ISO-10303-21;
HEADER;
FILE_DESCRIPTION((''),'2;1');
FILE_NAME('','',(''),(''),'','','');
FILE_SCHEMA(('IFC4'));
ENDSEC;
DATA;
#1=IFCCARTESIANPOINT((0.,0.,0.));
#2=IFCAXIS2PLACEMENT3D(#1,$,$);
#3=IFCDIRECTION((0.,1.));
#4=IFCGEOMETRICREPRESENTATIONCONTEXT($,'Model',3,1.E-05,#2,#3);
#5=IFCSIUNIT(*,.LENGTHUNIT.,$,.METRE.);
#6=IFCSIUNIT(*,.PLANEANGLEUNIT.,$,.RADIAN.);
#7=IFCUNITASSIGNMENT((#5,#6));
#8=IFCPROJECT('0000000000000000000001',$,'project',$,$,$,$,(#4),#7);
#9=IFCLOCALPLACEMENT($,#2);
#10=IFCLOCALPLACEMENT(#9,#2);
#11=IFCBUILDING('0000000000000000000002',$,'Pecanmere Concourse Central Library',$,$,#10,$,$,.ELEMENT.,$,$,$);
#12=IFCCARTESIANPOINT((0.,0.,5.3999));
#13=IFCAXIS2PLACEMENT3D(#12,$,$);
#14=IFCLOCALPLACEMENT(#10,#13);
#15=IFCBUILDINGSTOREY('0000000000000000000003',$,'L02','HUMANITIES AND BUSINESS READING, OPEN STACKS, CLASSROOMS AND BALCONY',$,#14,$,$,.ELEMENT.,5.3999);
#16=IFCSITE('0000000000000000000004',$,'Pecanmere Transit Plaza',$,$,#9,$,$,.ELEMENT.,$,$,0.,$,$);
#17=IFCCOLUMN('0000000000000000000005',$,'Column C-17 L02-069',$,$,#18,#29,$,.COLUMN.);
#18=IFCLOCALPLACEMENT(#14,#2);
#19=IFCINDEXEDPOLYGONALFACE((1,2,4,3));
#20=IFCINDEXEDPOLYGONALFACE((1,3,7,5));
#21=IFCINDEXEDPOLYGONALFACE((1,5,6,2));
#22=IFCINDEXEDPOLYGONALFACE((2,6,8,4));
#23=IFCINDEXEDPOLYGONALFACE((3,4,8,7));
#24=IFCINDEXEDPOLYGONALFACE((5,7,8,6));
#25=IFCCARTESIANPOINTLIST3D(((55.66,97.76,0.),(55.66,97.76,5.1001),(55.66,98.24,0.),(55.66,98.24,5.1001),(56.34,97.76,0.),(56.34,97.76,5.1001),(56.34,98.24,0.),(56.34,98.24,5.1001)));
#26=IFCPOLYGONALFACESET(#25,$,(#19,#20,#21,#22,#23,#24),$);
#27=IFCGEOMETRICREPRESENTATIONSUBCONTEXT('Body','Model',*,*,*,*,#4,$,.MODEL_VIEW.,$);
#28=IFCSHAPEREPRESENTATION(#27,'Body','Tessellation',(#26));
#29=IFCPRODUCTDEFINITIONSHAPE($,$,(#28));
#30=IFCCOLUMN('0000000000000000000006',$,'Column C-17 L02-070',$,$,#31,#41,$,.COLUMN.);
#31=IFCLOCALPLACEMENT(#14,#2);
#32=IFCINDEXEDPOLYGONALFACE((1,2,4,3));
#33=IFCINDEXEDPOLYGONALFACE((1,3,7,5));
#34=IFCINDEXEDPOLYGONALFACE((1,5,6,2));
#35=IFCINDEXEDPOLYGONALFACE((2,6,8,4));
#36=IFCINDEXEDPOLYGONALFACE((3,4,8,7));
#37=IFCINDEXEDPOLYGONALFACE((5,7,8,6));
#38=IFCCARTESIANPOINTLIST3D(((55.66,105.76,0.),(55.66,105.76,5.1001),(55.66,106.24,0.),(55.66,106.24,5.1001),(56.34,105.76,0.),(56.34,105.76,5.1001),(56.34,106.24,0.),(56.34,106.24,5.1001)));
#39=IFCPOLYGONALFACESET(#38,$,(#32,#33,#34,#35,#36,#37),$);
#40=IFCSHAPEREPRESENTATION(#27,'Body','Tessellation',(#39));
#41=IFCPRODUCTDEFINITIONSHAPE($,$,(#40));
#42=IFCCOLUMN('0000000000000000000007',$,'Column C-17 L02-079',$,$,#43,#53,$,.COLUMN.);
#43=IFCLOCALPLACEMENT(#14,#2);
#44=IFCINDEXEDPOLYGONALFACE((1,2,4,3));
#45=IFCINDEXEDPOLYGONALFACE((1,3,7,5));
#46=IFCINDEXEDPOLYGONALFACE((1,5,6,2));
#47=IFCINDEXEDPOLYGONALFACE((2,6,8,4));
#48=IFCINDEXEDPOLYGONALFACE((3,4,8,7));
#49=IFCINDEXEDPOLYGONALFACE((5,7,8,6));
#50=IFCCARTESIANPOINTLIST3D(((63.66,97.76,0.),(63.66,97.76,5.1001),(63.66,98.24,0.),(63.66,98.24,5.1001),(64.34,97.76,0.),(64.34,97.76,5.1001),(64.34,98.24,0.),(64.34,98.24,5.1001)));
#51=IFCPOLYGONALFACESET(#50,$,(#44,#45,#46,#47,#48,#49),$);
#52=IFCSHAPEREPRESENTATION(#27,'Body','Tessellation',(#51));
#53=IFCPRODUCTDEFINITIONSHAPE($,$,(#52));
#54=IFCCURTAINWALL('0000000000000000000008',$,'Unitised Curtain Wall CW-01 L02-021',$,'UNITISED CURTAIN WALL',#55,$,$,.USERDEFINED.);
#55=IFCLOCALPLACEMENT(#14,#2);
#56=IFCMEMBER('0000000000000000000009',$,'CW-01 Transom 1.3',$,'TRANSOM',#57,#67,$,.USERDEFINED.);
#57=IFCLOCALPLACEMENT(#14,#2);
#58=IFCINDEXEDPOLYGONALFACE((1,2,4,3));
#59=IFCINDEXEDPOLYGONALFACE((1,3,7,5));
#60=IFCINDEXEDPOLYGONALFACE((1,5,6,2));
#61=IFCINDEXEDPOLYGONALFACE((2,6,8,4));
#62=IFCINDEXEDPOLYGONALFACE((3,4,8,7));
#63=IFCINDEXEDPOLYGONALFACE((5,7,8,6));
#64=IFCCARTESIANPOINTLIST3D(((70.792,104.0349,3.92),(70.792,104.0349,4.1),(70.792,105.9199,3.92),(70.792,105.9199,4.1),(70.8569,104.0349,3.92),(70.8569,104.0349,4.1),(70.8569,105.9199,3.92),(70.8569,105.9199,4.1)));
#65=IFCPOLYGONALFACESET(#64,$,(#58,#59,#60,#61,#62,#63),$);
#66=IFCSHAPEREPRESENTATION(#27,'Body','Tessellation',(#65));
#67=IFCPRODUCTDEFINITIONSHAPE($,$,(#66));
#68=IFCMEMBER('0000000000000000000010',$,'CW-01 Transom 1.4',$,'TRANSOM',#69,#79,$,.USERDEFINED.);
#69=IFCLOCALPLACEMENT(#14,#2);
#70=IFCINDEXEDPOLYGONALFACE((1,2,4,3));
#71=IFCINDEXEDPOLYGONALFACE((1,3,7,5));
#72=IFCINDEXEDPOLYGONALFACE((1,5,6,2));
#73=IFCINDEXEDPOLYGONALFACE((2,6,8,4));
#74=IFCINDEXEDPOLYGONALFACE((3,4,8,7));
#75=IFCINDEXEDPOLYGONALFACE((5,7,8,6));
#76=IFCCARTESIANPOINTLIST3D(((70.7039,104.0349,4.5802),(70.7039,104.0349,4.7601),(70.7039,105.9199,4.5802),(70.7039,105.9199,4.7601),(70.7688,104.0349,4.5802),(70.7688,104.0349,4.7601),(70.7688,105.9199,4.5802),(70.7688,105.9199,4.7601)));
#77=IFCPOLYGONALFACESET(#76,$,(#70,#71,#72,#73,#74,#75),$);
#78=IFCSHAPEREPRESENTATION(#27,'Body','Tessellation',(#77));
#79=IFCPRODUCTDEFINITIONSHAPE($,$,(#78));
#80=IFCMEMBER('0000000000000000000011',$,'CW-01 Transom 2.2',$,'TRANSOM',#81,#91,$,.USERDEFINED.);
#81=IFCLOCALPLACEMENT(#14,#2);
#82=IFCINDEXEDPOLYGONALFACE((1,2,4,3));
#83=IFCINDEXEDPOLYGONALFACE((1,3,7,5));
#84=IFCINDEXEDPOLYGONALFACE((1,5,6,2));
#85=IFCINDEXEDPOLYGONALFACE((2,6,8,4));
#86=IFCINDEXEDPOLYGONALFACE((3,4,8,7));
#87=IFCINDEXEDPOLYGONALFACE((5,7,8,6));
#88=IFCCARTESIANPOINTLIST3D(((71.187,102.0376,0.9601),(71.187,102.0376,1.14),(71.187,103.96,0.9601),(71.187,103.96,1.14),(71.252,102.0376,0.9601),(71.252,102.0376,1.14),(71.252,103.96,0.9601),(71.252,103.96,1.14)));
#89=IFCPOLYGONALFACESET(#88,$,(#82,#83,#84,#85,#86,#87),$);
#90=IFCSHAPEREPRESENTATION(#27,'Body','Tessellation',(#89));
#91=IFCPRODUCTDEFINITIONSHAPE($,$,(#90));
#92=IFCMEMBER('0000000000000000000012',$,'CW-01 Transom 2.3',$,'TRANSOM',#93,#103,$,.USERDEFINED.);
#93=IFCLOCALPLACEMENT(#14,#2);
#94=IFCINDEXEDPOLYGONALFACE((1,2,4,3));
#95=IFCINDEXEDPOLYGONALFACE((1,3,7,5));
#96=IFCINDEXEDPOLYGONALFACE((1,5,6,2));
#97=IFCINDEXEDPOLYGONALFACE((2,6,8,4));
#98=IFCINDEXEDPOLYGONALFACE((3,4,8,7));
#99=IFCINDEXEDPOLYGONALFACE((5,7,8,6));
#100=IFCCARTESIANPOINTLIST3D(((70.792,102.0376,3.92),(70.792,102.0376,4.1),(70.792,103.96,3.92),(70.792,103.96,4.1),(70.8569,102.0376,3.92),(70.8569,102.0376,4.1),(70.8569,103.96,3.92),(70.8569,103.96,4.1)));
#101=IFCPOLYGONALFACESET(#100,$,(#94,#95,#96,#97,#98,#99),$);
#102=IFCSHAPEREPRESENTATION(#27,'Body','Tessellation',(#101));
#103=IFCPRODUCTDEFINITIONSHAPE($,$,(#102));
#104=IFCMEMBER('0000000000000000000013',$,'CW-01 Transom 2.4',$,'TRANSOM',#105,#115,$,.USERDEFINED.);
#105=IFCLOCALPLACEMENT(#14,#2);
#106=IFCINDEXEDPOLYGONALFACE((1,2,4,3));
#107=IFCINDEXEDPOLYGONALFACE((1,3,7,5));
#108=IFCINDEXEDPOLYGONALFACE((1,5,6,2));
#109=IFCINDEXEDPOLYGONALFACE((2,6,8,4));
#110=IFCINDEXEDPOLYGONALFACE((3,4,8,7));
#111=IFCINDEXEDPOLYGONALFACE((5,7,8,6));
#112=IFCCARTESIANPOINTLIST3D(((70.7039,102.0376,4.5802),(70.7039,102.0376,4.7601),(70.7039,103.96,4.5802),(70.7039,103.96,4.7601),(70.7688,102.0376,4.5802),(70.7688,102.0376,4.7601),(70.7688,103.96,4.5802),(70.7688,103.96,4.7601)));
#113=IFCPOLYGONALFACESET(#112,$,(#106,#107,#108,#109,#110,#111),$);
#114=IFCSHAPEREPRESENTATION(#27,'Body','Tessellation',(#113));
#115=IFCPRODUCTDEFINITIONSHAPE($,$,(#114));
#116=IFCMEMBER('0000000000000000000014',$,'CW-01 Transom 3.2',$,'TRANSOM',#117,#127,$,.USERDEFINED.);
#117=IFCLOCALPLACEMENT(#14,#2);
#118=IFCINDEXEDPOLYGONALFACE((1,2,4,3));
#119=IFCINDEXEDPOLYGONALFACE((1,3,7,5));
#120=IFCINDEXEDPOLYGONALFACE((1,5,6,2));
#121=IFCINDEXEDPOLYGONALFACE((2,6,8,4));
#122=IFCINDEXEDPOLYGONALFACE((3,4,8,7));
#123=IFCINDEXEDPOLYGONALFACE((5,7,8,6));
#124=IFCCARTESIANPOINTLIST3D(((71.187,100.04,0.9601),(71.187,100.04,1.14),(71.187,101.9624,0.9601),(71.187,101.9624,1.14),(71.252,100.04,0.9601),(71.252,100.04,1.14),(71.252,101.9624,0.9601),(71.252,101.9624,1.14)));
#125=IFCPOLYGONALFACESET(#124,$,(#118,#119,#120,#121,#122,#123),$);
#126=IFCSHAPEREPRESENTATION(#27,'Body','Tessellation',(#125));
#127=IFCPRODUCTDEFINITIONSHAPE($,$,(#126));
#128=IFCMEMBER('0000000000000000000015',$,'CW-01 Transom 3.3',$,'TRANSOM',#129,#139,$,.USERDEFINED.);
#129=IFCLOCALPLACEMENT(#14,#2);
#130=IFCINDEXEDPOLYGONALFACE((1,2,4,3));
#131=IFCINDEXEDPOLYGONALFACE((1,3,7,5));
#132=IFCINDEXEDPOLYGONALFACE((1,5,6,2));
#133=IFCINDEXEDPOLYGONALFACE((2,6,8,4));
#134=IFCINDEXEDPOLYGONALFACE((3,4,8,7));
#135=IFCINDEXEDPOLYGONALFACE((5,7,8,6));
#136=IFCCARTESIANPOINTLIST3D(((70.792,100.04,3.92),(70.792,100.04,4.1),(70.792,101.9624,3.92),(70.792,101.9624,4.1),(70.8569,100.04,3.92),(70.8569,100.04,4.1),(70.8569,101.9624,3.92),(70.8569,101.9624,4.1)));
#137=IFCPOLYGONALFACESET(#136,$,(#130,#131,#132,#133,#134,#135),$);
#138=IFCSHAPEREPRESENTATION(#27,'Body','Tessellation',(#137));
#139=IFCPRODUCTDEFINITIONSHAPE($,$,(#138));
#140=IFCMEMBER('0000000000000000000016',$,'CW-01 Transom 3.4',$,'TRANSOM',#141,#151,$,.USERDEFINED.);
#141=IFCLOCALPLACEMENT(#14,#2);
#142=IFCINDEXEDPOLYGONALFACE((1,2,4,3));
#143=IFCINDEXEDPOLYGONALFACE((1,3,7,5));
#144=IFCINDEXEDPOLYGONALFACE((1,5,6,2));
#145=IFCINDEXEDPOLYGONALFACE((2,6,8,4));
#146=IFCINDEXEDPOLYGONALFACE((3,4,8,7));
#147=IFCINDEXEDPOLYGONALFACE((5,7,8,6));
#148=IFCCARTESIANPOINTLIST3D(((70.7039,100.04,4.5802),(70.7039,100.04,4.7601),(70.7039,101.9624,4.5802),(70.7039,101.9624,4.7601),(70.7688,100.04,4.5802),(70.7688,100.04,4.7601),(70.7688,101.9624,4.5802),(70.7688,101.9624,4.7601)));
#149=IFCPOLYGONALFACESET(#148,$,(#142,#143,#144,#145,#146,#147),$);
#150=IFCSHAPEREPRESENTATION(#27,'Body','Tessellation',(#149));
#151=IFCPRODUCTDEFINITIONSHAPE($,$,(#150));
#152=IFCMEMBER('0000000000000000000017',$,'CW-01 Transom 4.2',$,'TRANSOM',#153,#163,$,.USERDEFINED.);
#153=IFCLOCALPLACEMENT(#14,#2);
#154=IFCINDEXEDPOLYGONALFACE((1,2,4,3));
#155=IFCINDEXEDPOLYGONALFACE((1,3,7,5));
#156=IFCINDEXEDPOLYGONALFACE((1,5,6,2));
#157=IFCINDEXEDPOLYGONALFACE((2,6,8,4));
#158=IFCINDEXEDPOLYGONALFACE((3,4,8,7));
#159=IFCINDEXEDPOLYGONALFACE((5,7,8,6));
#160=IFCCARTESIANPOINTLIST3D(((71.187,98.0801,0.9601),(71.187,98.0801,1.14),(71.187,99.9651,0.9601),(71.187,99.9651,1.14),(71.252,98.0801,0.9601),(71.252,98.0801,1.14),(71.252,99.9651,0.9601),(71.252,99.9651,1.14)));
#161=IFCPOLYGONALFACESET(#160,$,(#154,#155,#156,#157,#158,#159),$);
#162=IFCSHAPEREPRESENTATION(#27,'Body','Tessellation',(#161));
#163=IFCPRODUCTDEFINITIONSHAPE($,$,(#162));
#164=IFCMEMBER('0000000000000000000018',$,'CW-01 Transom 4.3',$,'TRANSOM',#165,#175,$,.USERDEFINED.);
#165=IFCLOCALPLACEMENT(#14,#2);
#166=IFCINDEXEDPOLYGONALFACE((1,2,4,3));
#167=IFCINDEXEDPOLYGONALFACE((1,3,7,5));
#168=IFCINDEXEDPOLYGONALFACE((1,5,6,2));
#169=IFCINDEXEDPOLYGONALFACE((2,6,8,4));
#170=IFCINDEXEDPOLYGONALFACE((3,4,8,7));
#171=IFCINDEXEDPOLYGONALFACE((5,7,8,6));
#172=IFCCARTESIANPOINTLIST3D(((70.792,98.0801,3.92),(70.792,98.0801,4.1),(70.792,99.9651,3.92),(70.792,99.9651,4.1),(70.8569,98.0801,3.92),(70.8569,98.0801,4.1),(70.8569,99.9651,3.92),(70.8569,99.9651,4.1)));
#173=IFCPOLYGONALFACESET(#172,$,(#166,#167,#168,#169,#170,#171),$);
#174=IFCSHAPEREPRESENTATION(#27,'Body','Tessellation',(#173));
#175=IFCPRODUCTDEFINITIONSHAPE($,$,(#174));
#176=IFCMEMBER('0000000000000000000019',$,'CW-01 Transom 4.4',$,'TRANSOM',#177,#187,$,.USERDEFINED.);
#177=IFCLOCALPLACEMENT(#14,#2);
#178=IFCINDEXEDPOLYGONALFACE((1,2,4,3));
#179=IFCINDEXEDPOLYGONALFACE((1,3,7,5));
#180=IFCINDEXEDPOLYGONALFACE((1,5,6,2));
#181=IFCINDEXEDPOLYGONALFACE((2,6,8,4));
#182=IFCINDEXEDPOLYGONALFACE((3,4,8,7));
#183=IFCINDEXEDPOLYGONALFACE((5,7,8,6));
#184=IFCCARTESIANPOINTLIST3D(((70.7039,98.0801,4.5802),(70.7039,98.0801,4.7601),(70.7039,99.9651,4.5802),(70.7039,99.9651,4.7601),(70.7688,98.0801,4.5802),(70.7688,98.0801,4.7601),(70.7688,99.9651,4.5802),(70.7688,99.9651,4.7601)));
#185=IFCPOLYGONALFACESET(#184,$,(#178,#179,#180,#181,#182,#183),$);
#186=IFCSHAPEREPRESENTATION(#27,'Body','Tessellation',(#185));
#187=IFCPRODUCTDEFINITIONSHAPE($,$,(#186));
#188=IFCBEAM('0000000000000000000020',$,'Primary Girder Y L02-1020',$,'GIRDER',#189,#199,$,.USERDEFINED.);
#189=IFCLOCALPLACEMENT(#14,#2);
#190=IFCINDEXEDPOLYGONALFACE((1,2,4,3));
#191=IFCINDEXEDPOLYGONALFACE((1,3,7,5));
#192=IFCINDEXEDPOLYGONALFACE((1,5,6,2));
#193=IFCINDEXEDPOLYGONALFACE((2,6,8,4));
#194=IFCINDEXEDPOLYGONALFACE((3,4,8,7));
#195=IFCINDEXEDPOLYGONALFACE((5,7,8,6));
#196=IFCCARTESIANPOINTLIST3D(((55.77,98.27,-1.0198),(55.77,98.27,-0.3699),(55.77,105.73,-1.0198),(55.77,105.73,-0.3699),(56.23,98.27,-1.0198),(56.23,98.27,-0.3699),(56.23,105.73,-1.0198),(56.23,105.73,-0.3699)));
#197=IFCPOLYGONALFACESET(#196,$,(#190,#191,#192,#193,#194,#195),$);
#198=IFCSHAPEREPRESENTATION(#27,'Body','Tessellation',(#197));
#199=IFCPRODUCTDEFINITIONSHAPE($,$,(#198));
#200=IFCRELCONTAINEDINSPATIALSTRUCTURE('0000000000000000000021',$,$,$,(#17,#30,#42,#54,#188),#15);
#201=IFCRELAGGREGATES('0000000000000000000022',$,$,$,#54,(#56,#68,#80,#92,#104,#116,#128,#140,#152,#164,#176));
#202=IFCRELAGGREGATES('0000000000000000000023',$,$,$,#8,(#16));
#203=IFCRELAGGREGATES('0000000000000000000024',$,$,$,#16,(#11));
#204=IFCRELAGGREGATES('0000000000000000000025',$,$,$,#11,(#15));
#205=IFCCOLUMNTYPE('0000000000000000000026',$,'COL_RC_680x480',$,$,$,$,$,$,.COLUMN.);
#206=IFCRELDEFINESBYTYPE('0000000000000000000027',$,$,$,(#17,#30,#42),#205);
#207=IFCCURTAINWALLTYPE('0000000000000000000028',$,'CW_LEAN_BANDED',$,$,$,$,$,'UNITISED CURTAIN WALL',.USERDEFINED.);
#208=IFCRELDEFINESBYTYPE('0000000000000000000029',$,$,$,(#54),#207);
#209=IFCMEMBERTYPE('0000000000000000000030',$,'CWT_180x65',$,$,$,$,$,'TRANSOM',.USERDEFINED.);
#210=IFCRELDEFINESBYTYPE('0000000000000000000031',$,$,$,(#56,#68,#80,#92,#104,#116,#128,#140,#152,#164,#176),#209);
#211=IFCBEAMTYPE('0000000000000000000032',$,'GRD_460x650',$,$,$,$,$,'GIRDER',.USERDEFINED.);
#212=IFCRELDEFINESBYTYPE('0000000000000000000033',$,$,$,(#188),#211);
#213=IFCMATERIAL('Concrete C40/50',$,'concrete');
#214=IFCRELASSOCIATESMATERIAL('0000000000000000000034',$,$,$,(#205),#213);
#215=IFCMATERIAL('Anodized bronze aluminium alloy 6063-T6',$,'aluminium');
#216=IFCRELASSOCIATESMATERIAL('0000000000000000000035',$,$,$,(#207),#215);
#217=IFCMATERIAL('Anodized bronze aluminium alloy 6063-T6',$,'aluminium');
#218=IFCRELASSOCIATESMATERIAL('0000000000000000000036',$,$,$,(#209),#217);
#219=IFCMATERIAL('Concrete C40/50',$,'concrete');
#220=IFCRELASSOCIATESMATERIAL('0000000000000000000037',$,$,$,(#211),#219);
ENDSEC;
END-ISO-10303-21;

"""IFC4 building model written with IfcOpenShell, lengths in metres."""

from ifc_helpers import new_model, si_unit, direction, frame, origin, origin_2d, place, context, subcontext, project, spatial, rectangle, extrude, material, material_profile, profile_set, type_object, element, aggregate, save


model = new_model("IFC4")

# Units and contexts
model_context = context("Model", 3, precision=1e-05, world=origin(), true_north=direction((0.0, 1.0)))
body_context = subcontext(model_context, "Body", "Model", "MODEL_VIEW")
ifc_project = project(units=[si_unit("LENGTHUNIT", "METRE"), si_unit("PLANEANGLEUNIT", "RADIAN")], contexts=[model_context])

# Site, building, storey
site_placement = place(None, origin())
site = spatial("IfcSite", under=ifc_project, at=site_placement, Name="Pecanmere Transit Plaza", CompositionType="ELEMENT", RefElevation=0.0)
building_placement = place(site_placement, origin())
building = spatial("IfcBuilding", under=site, at=building_placement, Name="Pecanmere Concourse Central Library", CompositionType="ELEMENT")
storey_placement = place(building_placement, frame((0.0, 0.0, 5.3999)))
storey = spatial("IfcBuildingStorey", under=building, at=storey_placement, Name="L02", Description="HUMANITIES AND BUSINESS READING, OPEN STACKS, CLASSROOMS AND BALCONY", CompositionType="ELEMENT", Elevation=5.3999)

# Columns
ifc_material_1 = material(Name="Concrete C40/50", Category="concrete")
ifc_material_profile_1 = material_profile(ifc_material_1, rectangle(XDim=0.6799, YDim=0.48, at=origin_2d()), Name="RC 680x480")
ifc_profile_set_1 = profile_set([ifc_material_profile_1], Name="Concrete C40/50")
column_type = type_object("IfcColumnType", Name="COL_RC_680x480", PredefinedType="COLUMN", material=ifc_profile_set_1)
for number, where, z_axis, x_axis, name in (
    (1, (56.0, 98.0, 0.0), (0.0, 0.0, 1.0), (1.0, 0.0, 0.0), "Column C-17 L02-069"),
    (2, (56.0, 106.0, 0.0), (0.0, 0.0, 1.0), (1.0, 0.0, 0.0), "Column C-17 L02-070"),
    (3, (64.0, 98.0, 0.0), (0.0, 0.0, 1.0), (1.0, 0.0, 0.0), "Column C-17 L02-079"),
):
    element("IfcColumn", number, at=place(storey_placement, frame(where, z_axis=z_axis, x_axis=x_axis)), inside=storey, type_object=column_type, Name=name, PredefinedType="COLUMN", context=body_context, shape_type="SweptSolid", body=[
        extrude(rectangle(XDim=0.6799, YDim=0.48, at=origin_2d()), origin(), (0.0, 0.0, 1.0), 5.1001),
    ])

# Curtain wall, members
ifc_material_2 = material(Name="Anodized bronze aluminium alloy 6063-T6", Category="aluminium")
curtain_wall_type = type_object("IfcCurtainWallType", Name="CW_LEAN_BANDED", ElementType="UNITISED CURTAIN WALL", PredefinedType="USERDEFINED", material=ifc_material_2)
curtain_wall_placement = place(storey_placement, origin())
curtain_wall = element("IfcCurtainWall", 4, at=curtain_wall_placement, inside=storey, type_object=curtain_wall_type, Name="Unitised Curtain Wall CW-01 L02-021", ObjectType="UNITISED CURTAIN WALL", PredefinedType="USERDEFINED")
ifc_material_3 = material(Name="Anodized bronze aluminium alloy 6063-T6", Category="aluminium")
ifc_material_profile_2 = material_profile(ifc_material_3, rectangle(XDim=0.0649, YDim=0.1799, at=origin_2d()), Name="AL 65x180")
ifc_profile_set_2 = profile_set([ifc_material_profile_2], Name="Anodized bronze aluminium alloy 6063-T6")
member_type = type_object("IfcMemberType", Name="CWT_180x65", ElementType="TRANSOM", PredefinedType="USERDEFINED", material=ifc_profile_set_2)
member_1_placement = place(storey_placement, frame((70.8245, 105.9199, 4.01), z_axis=(0.0, -1.0, 0.0), x_axis=(1.0, 0.0, 0.0)))
member_1 = element("IfcMember", 5, at=member_1_placement, type_object=member_type, Name="CW-01 Transom 1.3", ObjectType="TRANSOM", PredefinedType="USERDEFINED", context=body_context, shape_type="SweptSolid", body=[
    extrude(rectangle(XDim=0.0649, YDim=0.1799, at=origin_2d()), origin(), (0.0, 0.0, 1.0), 1.885),
])
member_2_placement = place(storey_placement, frame((70.7363, 105.9199, 4.6702), z_axis=(0.0, -1.0, 0.0), x_axis=(1.0, 0.0, 0.0)))
member_2 = element("IfcMember", 6, at=member_2_placement, type_object=member_type, Name="CW-01 Transom 1.4", ObjectType="TRANSOM", PredefinedType="USERDEFINED", context=body_context, shape_type="SweptSolid", body=[
    extrude(rectangle(XDim=0.0649, YDim=0.1799, at=origin_2d()), origin(), (0.0, 0.0, 1.0), 1.885),
])
member_3_placement = place(storey_placement, frame((71.2195, 103.96, 1.05), z_axis=(0.0, -1.0, 0.0), x_axis=(1.0, 0.0, 0.0)))
member_3 = element("IfcMember", 7, at=member_3_placement, type_object=member_type, Name="CW-01 Transom 2.2", ObjectType="TRANSOM", PredefinedType="USERDEFINED", context=body_context, shape_type="SweptSolid", body=[
    extrude(rectangle(XDim=0.0649, YDim=0.1799, at=origin_2d()), origin(), (0.0, 0.0, 1.0), 1.9224),
])
member_4_placement = place(storey_placement, frame((70.8245, 103.96, 4.01), z_axis=(0.0, -1.0, 0.0), x_axis=(1.0, 0.0, 0.0)))
member_4 = element("IfcMember", 8, at=member_4_placement, type_object=member_type, Name="CW-01 Transom 2.3", ObjectType="TRANSOM", PredefinedType="USERDEFINED", context=body_context, shape_type="SweptSolid", body=[
    extrude(rectangle(XDim=0.0649, YDim=0.1799, at=origin_2d()), origin(), (0.0, 0.0, 1.0), 1.9224),
])
member_5_placement = place(storey_placement, frame((70.7363, 103.96, 4.6702), z_axis=(0.0, -1.0, 0.0), x_axis=(1.0, 0.0, 0.0)))
member_5 = element("IfcMember", 9, at=member_5_placement, type_object=member_type, Name="CW-01 Transom 2.4", ObjectType="TRANSOM", PredefinedType="USERDEFINED", context=body_context, shape_type="SweptSolid", body=[
    extrude(rectangle(XDim=0.0649, YDim=0.1799, at=origin_2d()), origin(), (0.0, 0.0, 1.0), 1.9224),
])
member_6_placement = place(storey_placement, frame((71.2195, 101.9624, 1.05), z_axis=(0.0, -1.0, 0.0), x_axis=(1.0, 0.0, 0.0)))
member_6 = element("IfcMember", 10, at=member_6_placement, type_object=member_type, Name="CW-01 Transom 3.2", ObjectType="TRANSOM", PredefinedType="USERDEFINED", context=body_context, shape_type="SweptSolid", body=[
    extrude(rectangle(XDim=0.0649, YDim=0.1799, at=origin_2d()), origin(), (0.0, 0.0, 1.0), 1.9224),
])
member_7_placement = place(storey_placement, frame((70.8245, 101.9624, 4.01), z_axis=(0.0, -1.0, 0.0), x_axis=(1.0, 0.0, 0.0)))
member_7 = element("IfcMember", 11, at=member_7_placement, type_object=member_type, Name="CW-01 Transom 3.3", ObjectType="TRANSOM", PredefinedType="USERDEFINED", context=body_context, shape_type="SweptSolid", body=[
    extrude(rectangle(XDim=0.0649, YDim=0.1799, at=origin_2d()), origin(), (0.0, 0.0, 1.0), 1.9224),
])
member_8_placement = place(storey_placement, frame((70.7363, 101.9624, 4.6702), z_axis=(0.0, -1.0, 0.0), x_axis=(1.0, 0.0, 0.0)))
member_8 = element("IfcMember", 12, at=member_8_placement, type_object=member_type, Name="CW-01 Transom 3.4", ObjectType="TRANSOM", PredefinedType="USERDEFINED", context=body_context, shape_type="SweptSolid", body=[
    extrude(rectangle(XDim=0.0649, YDim=0.1799, at=origin_2d()), origin(), (0.0, 0.0, 1.0), 1.9224),
])
member_9_placement = place(storey_placement, frame((71.2195, 99.9651, 1.05), z_axis=(0.0, -1.0, 0.0), x_axis=(1.0, 0.0, 0.0)))
member_9 = element("IfcMember", 13, at=member_9_placement, type_object=member_type, Name="CW-01 Transom 4.2", ObjectType="TRANSOM", PredefinedType="USERDEFINED", context=body_context, shape_type="SweptSolid", body=[
    extrude(rectangle(XDim=0.0649, YDim=0.1799, at=origin_2d()), origin(), (0.0, 0.0, 1.0), 1.885),
])
member_10_placement = place(storey_placement, frame((70.8245, 99.9651, 4.01), z_axis=(0.0, -1.0, 0.0), x_axis=(1.0, 0.0, 0.0)))
member_10 = element("IfcMember", 14, at=member_10_placement, type_object=member_type, Name="CW-01 Transom 4.3", ObjectType="TRANSOM", PredefinedType="USERDEFINED", context=body_context, shape_type="SweptSolid", body=[
    extrude(rectangle(XDim=0.0649, YDim=0.1799, at=origin_2d()), origin(), (0.0, 0.0, 1.0), 1.885),
])
member_11_placement = place(storey_placement, frame((70.7363, 99.9651, 4.6702), z_axis=(0.0, -1.0, 0.0), x_axis=(1.0, 0.0, 0.0)))
member_11 = element("IfcMember", 15, at=member_11_placement, type_object=member_type, Name="CW-01 Transom 4.4", ObjectType="TRANSOM", PredefinedType="USERDEFINED", context=body_context, shape_type="SweptSolid", body=[
    extrude(rectangle(XDim=0.0649, YDim=0.1799, at=origin_2d()), origin(), (0.0, 0.0, 1.0), 1.885),
])

# Beam
ifc_material_4 = material(Name="Concrete C40/50", Category="concrete")
ifc_material_profile_3 = material_profile(ifc_material_4, rectangle(XDim=0.46, YDim=0.6499, at=origin_2d()), Name="RC 460x650")
ifc_profile_set_3 = profile_set([ifc_material_profile_3], Name="Concrete C40/50")
beam_type_1 = type_object("IfcBeamType", Name="GRD_460x650", ElementType="GIRDER", PredefinedType="USERDEFINED", material=ifc_profile_set_3)
for number, where, z_axis, x_axis, name in (
    (16, (56.0, 98.27, -0.6948), (0.0, 1.0, 0.0), (-1.0, 0.0, 0.0), "Primary Girder Y L02-1020"),
):
    element("IfcBeam", number, at=place(storey_placement, frame(where, z_axis=z_axis, x_axis=x_axis)), inside=storey, type_object=beam_type_1, Name=name, ObjectType="GIRDER", PredefinedType="USERDEFINED", context=body_context, shape_type="SweptSolid", body=[
        extrude(rectangle(XDim=0.46, YDim=0.6499, at=origin_2d()), origin(), (0.0, 0.0, 1.0), 7.46),
    ])

aggregate(curtain_wall, [member_1, member_2, member_3, member_4, member_5, member_6, member_7, member_8, member_9, member_10, member_11])

save(model, "model.ifc")
